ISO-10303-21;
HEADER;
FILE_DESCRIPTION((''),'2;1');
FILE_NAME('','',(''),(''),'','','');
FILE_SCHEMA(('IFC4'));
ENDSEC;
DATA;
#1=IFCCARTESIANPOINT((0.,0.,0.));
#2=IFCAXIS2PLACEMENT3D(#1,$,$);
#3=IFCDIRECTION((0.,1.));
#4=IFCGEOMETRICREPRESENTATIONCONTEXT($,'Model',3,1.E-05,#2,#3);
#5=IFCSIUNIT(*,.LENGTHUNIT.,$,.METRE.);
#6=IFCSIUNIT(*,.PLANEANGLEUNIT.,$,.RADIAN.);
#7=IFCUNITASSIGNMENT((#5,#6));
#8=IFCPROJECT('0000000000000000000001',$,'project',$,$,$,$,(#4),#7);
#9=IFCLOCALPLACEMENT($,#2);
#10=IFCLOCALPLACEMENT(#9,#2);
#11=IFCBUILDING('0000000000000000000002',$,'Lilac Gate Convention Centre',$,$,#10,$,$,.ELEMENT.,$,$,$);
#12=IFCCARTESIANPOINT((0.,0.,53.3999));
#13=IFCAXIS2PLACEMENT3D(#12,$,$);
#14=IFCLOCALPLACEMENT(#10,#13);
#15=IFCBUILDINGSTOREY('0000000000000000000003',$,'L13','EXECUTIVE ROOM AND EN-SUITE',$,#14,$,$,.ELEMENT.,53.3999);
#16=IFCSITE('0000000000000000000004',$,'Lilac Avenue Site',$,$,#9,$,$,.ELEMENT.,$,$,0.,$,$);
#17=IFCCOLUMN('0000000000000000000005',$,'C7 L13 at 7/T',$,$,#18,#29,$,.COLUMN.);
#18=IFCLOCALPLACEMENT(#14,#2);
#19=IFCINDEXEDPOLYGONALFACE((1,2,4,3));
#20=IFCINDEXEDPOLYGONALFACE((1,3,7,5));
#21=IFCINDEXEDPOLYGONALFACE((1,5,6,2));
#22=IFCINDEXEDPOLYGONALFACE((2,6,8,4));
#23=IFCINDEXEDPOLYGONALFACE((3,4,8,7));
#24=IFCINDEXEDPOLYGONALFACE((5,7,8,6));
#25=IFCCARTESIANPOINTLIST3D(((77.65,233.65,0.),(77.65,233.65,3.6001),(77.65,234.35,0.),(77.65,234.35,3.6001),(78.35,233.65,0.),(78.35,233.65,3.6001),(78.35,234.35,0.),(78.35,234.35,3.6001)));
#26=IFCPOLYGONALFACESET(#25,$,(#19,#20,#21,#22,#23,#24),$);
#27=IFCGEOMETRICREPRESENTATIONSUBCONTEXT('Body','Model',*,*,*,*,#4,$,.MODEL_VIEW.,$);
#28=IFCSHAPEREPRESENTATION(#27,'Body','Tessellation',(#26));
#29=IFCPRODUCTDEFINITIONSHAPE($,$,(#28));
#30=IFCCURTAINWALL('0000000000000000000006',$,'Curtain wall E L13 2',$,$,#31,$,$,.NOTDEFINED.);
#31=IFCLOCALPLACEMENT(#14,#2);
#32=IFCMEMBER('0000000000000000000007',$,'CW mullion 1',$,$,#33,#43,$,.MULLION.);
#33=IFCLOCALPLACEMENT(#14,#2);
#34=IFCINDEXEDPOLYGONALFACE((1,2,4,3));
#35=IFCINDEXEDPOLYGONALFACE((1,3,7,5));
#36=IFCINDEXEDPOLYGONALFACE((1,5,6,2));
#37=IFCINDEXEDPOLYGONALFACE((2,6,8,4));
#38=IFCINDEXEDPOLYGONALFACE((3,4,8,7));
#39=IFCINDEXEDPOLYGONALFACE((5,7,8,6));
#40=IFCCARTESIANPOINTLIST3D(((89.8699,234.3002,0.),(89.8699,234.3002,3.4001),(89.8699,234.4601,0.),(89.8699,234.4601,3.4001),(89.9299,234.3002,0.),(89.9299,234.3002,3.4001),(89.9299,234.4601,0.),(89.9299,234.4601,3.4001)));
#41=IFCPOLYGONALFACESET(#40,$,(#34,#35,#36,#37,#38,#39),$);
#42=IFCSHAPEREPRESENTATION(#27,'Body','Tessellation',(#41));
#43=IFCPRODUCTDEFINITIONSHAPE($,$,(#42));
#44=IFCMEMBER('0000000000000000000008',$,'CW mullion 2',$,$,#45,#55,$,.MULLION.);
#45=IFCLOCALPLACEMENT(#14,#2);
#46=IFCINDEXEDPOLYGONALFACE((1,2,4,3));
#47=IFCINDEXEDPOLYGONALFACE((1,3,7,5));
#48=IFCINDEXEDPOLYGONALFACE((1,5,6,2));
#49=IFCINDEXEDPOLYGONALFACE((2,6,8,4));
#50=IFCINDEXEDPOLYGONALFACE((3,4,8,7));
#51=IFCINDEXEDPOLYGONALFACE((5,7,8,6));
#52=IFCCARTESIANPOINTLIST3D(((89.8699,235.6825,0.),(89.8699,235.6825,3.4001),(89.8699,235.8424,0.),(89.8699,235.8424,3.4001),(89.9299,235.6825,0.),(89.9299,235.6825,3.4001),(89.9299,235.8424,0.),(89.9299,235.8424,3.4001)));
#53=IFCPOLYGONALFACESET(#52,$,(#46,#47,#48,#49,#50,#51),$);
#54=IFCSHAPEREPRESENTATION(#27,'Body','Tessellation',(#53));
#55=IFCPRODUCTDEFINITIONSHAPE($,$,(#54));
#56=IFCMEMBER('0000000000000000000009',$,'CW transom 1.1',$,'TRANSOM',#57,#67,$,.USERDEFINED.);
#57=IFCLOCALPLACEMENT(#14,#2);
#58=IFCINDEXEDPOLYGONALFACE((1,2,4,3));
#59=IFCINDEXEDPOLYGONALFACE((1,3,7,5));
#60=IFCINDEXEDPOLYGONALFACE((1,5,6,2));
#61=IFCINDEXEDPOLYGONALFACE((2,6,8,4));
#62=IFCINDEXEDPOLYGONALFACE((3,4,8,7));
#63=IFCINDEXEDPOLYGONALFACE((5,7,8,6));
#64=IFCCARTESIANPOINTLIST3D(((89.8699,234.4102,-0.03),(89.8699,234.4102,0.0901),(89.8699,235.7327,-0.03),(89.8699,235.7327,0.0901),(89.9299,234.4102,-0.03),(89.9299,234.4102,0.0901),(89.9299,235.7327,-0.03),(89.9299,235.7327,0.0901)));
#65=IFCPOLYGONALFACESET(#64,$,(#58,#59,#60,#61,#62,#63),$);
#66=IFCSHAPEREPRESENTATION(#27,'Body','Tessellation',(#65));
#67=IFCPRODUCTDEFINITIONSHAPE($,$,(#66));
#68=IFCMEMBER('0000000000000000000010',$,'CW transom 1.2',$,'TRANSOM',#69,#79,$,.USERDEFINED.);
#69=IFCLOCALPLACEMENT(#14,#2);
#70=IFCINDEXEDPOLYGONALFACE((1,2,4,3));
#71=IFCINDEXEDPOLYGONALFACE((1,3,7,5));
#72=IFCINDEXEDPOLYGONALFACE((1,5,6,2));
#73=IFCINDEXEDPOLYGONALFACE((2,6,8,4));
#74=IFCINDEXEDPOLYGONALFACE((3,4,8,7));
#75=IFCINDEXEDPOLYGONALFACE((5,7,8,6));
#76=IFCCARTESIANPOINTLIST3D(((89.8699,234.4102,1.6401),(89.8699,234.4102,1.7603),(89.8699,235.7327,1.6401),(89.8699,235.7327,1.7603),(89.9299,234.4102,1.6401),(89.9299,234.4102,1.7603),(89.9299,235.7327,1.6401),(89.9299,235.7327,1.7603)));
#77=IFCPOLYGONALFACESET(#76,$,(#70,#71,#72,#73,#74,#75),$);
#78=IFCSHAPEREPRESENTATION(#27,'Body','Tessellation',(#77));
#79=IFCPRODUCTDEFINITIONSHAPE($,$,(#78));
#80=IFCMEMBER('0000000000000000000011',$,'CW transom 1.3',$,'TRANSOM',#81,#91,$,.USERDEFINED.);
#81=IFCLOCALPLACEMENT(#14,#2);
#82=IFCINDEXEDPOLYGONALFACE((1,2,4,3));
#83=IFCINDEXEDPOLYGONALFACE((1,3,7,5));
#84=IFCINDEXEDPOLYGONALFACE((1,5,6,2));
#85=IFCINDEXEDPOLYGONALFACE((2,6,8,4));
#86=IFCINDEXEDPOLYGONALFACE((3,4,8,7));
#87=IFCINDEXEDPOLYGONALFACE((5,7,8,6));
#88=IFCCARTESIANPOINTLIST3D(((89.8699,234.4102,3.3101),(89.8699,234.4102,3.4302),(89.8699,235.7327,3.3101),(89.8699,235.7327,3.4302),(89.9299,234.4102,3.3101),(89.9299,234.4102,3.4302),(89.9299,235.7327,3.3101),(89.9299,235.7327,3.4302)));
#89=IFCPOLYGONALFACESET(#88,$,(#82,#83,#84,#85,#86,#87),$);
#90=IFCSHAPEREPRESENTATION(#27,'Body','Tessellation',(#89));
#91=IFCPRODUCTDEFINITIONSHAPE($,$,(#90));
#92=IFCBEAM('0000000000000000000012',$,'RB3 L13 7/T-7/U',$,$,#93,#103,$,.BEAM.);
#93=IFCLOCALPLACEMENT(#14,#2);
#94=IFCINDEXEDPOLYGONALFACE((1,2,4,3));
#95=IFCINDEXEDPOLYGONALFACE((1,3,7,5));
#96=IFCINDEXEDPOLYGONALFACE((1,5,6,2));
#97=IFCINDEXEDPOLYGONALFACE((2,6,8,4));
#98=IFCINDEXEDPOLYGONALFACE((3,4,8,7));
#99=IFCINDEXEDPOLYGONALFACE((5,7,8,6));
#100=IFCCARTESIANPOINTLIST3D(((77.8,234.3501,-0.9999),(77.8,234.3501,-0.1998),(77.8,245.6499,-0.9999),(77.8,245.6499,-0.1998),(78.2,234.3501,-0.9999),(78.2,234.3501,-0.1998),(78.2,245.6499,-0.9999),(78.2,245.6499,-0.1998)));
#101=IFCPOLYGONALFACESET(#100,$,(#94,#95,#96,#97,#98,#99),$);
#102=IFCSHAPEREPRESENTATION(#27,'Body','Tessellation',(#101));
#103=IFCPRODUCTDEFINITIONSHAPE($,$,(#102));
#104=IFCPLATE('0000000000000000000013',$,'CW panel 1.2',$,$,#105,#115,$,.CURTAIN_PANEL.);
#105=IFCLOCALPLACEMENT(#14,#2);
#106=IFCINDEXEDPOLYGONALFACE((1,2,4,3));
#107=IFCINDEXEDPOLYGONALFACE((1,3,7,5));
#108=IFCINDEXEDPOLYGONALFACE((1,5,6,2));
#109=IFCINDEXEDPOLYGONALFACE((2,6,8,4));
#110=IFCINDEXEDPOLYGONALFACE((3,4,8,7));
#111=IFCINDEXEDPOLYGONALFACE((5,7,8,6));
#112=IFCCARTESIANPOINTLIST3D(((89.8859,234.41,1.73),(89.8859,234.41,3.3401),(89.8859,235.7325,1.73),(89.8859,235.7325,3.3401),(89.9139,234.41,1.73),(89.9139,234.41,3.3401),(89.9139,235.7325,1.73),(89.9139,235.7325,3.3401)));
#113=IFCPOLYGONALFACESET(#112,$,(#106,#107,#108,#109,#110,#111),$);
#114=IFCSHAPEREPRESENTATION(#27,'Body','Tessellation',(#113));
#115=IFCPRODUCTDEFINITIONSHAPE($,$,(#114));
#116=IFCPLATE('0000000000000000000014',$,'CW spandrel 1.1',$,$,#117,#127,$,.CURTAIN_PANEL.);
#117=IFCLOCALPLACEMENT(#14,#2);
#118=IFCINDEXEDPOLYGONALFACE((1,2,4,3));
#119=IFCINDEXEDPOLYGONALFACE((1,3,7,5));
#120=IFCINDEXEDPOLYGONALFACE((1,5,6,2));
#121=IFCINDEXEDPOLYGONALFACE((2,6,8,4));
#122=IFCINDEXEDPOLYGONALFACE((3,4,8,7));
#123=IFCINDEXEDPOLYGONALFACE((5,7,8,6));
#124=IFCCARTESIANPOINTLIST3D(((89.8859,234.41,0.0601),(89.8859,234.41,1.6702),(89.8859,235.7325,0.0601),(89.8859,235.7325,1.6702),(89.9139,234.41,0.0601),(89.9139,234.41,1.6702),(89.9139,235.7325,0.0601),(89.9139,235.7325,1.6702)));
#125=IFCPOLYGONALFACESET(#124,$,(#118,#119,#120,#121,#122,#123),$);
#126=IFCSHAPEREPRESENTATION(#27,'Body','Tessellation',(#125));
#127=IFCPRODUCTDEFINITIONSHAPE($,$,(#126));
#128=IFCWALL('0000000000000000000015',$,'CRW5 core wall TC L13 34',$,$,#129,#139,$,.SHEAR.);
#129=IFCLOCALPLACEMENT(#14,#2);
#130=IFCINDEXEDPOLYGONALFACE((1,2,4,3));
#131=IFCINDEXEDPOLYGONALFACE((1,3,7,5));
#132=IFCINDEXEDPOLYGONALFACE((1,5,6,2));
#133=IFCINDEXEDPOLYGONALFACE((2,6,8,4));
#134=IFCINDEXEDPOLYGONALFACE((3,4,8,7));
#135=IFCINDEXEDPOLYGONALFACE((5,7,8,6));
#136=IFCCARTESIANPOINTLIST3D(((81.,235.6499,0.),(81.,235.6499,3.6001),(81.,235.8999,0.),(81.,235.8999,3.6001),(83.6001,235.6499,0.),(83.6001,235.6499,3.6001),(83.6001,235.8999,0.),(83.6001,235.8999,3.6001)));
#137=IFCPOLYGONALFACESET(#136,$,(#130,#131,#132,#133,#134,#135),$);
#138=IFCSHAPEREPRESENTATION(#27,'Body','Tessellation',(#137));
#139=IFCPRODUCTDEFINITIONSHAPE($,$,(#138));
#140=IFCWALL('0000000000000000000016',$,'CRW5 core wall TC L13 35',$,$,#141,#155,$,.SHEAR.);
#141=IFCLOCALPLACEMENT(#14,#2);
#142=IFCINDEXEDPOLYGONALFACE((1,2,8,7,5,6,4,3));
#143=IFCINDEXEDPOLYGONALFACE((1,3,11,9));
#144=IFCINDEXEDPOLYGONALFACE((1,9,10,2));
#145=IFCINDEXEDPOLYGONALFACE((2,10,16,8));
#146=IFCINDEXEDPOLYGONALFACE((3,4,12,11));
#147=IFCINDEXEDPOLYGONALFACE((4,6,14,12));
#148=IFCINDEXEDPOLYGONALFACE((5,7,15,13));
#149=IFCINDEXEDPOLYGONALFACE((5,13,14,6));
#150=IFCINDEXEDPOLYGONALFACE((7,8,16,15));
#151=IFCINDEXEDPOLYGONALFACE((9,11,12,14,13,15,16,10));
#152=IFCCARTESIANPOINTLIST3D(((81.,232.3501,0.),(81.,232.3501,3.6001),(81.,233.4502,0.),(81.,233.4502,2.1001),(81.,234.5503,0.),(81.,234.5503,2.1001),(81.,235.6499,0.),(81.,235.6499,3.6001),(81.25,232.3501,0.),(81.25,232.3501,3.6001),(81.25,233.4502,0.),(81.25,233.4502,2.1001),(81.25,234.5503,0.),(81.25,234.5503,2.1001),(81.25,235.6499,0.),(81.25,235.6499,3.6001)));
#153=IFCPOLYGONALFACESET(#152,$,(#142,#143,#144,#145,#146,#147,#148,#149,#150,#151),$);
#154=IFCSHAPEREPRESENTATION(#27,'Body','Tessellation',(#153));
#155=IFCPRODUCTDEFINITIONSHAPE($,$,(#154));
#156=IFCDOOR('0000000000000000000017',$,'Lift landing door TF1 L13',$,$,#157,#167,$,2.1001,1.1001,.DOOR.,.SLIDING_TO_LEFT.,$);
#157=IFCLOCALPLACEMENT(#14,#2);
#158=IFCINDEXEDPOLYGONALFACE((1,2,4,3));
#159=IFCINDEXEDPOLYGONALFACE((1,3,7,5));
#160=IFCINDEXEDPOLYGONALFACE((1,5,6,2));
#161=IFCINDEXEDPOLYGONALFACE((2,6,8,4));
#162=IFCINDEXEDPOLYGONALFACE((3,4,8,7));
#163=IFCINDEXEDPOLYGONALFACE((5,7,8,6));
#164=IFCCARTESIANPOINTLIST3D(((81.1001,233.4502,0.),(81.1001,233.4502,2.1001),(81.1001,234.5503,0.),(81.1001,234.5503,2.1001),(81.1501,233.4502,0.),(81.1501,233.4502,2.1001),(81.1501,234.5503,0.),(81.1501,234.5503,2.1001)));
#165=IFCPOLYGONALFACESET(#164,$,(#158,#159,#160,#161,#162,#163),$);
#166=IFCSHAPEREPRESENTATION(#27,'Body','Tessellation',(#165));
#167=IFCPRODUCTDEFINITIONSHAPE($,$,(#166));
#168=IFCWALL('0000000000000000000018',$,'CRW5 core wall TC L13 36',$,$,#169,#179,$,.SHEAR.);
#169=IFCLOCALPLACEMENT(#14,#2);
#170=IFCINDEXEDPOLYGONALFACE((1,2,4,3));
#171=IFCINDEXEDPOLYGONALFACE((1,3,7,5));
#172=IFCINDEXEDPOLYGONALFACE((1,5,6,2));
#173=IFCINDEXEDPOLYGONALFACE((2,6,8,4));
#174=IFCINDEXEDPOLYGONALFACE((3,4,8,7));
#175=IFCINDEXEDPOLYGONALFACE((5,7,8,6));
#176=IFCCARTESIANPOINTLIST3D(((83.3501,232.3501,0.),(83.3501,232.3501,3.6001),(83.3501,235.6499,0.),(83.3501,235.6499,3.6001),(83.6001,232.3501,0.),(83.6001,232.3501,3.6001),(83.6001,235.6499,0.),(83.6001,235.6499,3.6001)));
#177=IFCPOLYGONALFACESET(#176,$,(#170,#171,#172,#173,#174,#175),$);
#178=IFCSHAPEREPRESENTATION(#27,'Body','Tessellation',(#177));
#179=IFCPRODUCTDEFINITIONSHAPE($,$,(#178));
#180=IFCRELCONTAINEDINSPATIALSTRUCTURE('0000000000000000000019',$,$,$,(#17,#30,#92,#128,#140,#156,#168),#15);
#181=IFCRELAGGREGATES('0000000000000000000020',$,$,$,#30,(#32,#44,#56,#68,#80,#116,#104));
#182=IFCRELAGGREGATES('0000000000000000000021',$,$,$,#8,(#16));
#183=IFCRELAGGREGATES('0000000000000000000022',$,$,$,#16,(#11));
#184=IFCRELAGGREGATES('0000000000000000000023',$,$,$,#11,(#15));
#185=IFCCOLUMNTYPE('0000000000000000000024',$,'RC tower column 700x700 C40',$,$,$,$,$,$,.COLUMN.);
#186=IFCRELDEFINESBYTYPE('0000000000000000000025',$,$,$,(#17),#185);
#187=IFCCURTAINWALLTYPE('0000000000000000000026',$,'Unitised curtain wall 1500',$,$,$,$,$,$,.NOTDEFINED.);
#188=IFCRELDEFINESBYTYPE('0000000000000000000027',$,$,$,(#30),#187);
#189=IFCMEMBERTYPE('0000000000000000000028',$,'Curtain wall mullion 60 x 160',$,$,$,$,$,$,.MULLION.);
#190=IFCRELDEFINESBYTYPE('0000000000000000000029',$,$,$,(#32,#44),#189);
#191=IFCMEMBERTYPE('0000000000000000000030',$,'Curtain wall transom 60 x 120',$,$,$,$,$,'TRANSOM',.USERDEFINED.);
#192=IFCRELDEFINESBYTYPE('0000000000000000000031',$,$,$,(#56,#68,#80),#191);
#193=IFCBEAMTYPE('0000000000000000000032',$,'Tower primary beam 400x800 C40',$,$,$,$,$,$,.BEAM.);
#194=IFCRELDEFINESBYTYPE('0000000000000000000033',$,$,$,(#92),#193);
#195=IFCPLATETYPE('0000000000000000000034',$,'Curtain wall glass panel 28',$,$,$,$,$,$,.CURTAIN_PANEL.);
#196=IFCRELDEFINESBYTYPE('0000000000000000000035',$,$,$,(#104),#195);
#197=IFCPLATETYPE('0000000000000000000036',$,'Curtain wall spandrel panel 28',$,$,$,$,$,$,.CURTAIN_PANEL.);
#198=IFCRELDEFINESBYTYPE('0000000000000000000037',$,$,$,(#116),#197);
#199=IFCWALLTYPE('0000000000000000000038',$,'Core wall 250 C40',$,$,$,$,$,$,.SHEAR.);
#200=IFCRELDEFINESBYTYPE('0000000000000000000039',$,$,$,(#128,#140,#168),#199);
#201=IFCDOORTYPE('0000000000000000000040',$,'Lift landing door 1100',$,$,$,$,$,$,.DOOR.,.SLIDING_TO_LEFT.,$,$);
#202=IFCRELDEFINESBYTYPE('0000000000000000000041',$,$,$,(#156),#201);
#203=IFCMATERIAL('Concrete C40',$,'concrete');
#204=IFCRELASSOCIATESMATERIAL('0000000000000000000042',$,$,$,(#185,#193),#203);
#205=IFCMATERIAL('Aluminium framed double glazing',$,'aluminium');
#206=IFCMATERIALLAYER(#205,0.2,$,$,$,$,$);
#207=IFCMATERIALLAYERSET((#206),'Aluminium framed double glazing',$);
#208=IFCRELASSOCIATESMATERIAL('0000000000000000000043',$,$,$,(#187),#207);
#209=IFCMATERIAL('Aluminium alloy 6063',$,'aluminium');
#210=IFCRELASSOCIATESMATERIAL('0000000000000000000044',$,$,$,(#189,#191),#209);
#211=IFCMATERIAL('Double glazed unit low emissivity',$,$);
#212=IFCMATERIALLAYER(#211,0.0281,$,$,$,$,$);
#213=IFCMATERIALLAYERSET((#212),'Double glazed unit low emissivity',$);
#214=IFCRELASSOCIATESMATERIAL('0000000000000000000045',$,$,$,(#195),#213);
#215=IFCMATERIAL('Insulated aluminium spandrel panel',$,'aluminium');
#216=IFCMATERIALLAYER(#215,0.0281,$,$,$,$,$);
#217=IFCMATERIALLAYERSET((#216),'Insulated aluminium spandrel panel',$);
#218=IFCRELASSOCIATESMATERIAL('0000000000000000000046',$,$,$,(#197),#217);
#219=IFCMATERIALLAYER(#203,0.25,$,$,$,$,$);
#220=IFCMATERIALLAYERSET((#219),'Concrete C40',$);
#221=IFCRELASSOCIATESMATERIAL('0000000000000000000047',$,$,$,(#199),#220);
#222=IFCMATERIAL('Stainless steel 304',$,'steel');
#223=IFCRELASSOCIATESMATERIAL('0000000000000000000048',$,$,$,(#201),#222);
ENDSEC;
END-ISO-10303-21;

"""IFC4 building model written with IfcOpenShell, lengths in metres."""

from ifc_helpers import new_model, si_unit, direction, frame, frame_2d, origin, origin_2d, place, context, subcontext, project, spatial, rectangle, extrude, material, layer, layer_set, material_profile, profile_set, type_object, element, fill, aggregate, save


model = new_model("IFC4")

# Units and contexts
model_context = context("Model", 3, precision=1e-05, world=origin(), true_north=direction((0.0, 1.0)))
body_context = subcontext(model_context, "Body", "Model", "MODEL_VIEW")
ifc_project = project(units=[si_unit("LENGTHUNIT", "METRE"), si_unit("PLANEANGLEUNIT", "RADIAN")], contexts=[model_context])

# Site, building, storey
site_placement = place(None, origin())
site = spatial("IfcSite", under=ifc_project, at=site_placement, Name="Lilac Avenue Site", CompositionType="ELEMENT", RefElevation=0.0)
building_placement = place(site_placement, origin())
building = spatial("IfcBuilding", under=site, at=building_placement, Name="Lilac Gate Convention Centre", CompositionType="ELEMENT")
storey_placement = place(building_placement, frame((0.0, 0.0, 53.3999)))
storey = spatial("IfcBuildingStorey", under=building, at=storey_placement, Name="L13", Description="EXECUTIVE ROOM AND EN-SUITE", CompositionType="ELEMENT", Elevation=53.3999)

# Column
ifc_material_1 = material(Name="Concrete C40", Category="concrete")
ifc_material_profile_1 = material_profile(ifc_material_1, rectangle(XDim=0.7, YDim=0.7, at=origin_2d()), Name="RC 700x700")
ifc_profile_set_1 = profile_set([ifc_material_profile_1], Name="Concrete C40")
column_type = type_object("IfcColumnType", Name="RC tower column 700x700 C40", PredefinedType="COLUMN", material=ifc_profile_set_1)
column_placement = place(storey_placement, frame((78.0, 234.0, 0.0), z_axis=(0.0, 0.0, 1.0), x_axis=(1.0, 0.0, 0.0)))
element("IfcColumn", 1, at=column_placement, inside=storey, type_object=column_type, Name="C7 L13 at 7/T", PredefinedType="COLUMN", context=body_context, shape_type="SweptSolid", body=[
    extrude(rectangle(XDim=0.7, YDim=0.7, at=origin_2d()), origin(), (0.0, 0.0, 1.0), 3.6001),
])

# Curtain wall, members
ifc_material_2 = material(Name="Aluminium framed double glazing", Category="aluminium")
ifc_layer_1 = layer(ifc_material_2, 0.2)
ifc_layer_set_1 = layer_set([ifc_layer_1], Name="Aluminium framed double glazing")
curtain_wall_type = type_object("IfcCurtainWallType", Name="Unitised curtain wall 1500", PredefinedType="NOTDEFINED", material=ifc_layer_set_1)
curtain_wall_placement = place(storey_placement, origin())
curtain_wall = element("IfcCurtainWall", 2, at=curtain_wall_placement, inside=storey, type_object=curtain_wall_type, Name="Curtain wall E L13 2", PredefinedType="NOTDEFINED")
ifc_material_3 = material(Name="Aluminium alloy 6063", Category="aluminium")
ifc_material_profile_2 = material_profile(ifc_material_3, rectangle(XDim=0.0601, YDim=0.1599, at=origin_2d()), Name="Curtain wall mullion 60 x 160")
ifc_profile_set_2 = profile_set([ifc_material_profile_2], Name="Aluminium alloy 6063")
member_type_1 = type_object("IfcMemberType", Name="Curtain wall mullion 60 x 160", PredefinedType="MULLION", material=ifc_profile_set_2)
member_1_placement = place(storey_placement, frame((89.8999, 234.3801, 0.0), z_axis=(0.0, 0.0, 1.0), x_axis=(-1.0, 0.0, 0.0)))
member_1 = element("IfcMember", 3, at=member_1_placement, type_object=member_type_1, Name="CW mullion 1", PredefinedType="MULLION", context=body_context, shape_type="SweptSolid", body=[
    extrude(rectangle(XDim=0.0601, YDim=0.1599, at=origin_2d()), origin(), (0.0, 0.0, 1.0), 3.4001),
])
member_2_placement = place(storey_placement, frame((89.8999, 235.7625, 0.0), z_axis=(0.0, 0.0, 1.0), x_axis=(-1.0, 0.0, 0.0)))
member_2 = element("IfcMember", 4, at=member_2_placement, type_object=member_type_1, Name="CW mullion 2", PredefinedType="MULLION", context=body_context, shape_type="SweptSolid", body=[
    extrude(rectangle(XDim=0.0601, YDim=0.1599, at=origin_2d()), origin(), (0.0, 0.0, 1.0), 3.4001),
])
ifc_material_profile_3 = material_profile(ifc_material_3, rectangle(XDim=0.0601, YDim=0.1201, at=origin_2d()), Name="Curtain wall transom 60 x 120")
ifc_profile_set_3 = profile_set([ifc_material_profile_3], Name="Aluminium alloy 6063")
member_type_2 = type_object("IfcMemberType", Name="Curtain wall transom 60 x 120", ElementType="TRANSOM", PredefinedType="USERDEFINED", material=ifc_profile_set_3)
member_3_placement = place(storey_placement, frame((89.8999, 234.4102, 0.03), z_axis=(0.0, 1.0, 0.0), x_axis=(-1.0, 0.0, 0.0)))
member_3 = element("IfcMember", 5, at=member_3_placement, type_object=member_type_2, Name="CW transom 1.1", ObjectType="TRANSOM", PredefinedType="USERDEFINED", context=body_context, shape_type="SweptSolid", body=[
    extrude(rectangle(XDim=0.0601, YDim=0.1201, at=origin_2d()), origin(), (0.0, 0.0, 1.0), 1.3225),
])
member_4_placement = place(storey_placement, frame((89.8999, 234.4102, 1.7002), z_axis=(0.0, 1.0, 0.0), x_axis=(-1.0, 0.0, 0.0)))
member_4 = element("IfcMember", 6, at=member_4_placement, type_object=member_type_2, Name="CW transom 1.2", ObjectType="TRANSOM", PredefinedType="USERDEFINED", context=body_context, shape_type="SweptSolid", body=[
    extrude(rectangle(XDim=0.0601, YDim=0.1201, at=origin_2d()), origin(), (0.0, 0.0, 1.0), 1.3225),
])
member_5_placement = place(storey_placement, frame((89.8999, 234.4102, 3.3701), z_axis=(0.0, 1.0, 0.0), x_axis=(-1.0, 0.0, 0.0)))
member_5 = element("IfcMember", 7, at=member_5_placement, type_object=member_type_2, Name="CW transom 1.3", ObjectType="TRANSOM", PredefinedType="USERDEFINED", context=body_context, shape_type="SweptSolid", body=[
    extrude(rectangle(XDim=0.0601, YDim=0.1201, at=origin_2d()), origin(), (0.0, 0.0, 1.0), 1.3225),
])

# Beam
ifc_material_profile_4 = material_profile(ifc_material_1, rectangle(XDim=0.3999, YDim=0.8, at=origin_2d()), Name="RC 400x800")
ifc_profile_set_4 = profile_set([ifc_material_profile_4], Name="Concrete C40")
beam_type = type_object("IfcBeamType", Name="Tower primary beam 400x800 C40", PredefinedType="BEAM", material=ifc_profile_set_4)
beam_placement = place(storey_placement, frame((78.0, 234.3501, -0.5999), z_axis=(0.0, 1.0, 0.0), x_axis=(-1.0, 0.0, 0.0)))
element("IfcBeam", 8, at=beam_placement, inside=storey, type_object=beam_type, Name="RB3 L13 7/T-7/U", PredefinedType="BEAM", context=body_context, shape_type="SweptSolid", body=[
    extrude(rectangle(XDim=0.3999, YDim=0.8, at=origin_2d()), origin(), (0.0, 0.0, 1.0), 11.2998),
])

# Plates
ifc_material_4 = material(Name="Double glazed unit low emissivity")
ifc_layer_2 = layer(ifc_material_4, 0.0281)
ifc_layer_set_2 = layer_set([ifc_layer_2], Name="Double glazed unit low emissivity")
plate_type_1 = type_object("IfcPlateType", Name="Curtain wall glass panel 28", PredefinedType="CURTAIN_PANEL", material=ifc_layer_set_2)
plate_1_placement = place(storey_placement, frame((89.8999, 235.0713, 1.73), z_axis=(0.0, 0.0, 1.0), x_axis=(0.0, 1.0, 0.0)))
plate_1 = element("IfcPlate", 9, at=plate_1_placement, type_object=plate_type_1, Name="CW panel 1.2", PredefinedType="CURTAIN_PANEL", context=body_context, shape_type="SweptSolid", body=[
    extrude(rectangle(XDim=1.3225, YDim=0.0281, at=origin_2d()), origin(), (0.0, 0.0, 1.0), 1.6101),
])
ifc_material_5 = material(Name="Insulated aluminium spandrel panel", Category="aluminium")
ifc_layer_3 = layer(ifc_material_5, 0.0281)
ifc_layer_set_3 = layer_set([ifc_layer_3], Name="Insulated aluminium spandrel panel")
plate_type_2 = type_object("IfcPlateType", Name="Curtain wall spandrel panel 28", PredefinedType="CURTAIN_PANEL", material=ifc_layer_set_3)
plate_2_placement = place(storey_placement, frame((89.8999, 235.0713, 0.0601), z_axis=(0.0, 0.0, 1.0), x_axis=(0.0, 1.0, 0.0)))
plate_2 = element("IfcPlate", 10, at=plate_2_placement, type_object=plate_type_2, Name="CW spandrel 1.1", PredefinedType="CURTAIN_PANEL", context=body_context, shape_type="SweptSolid", body=[
    extrude(rectangle(XDim=1.3225, YDim=0.0281, at=origin_2d()), origin(), (0.0, 0.0, 1.0), 1.6101),
])
aggregate(curtain_wall, [member_1, member_2, member_3, member_4, member_5, plate_2, plate_1])

# Wall
ifc_layer_4 = layer(ifc_material_1, 0.25)
ifc_layer_set_4 = layer_set([ifc_layer_4], Name="Concrete C40")
wall_type_1 = type_object("IfcWallType", Name="Core wall 250 C40", PredefinedType="SHEAR", material=ifc_layer_set_4)
wall_1_placement = place(storey_placement, frame((81.0, 235.7749, 0.0), z_axis=(0.0, 0.0, 1.0), x_axis=(1.0, 0.0, 0.0)))
element("IfcWall", 11, at=wall_1_placement, inside=storey, type_object=wall_type_1, Name="CRW5 core wall TC L13 34", PredefinedType="SHEAR", context=body_context, shape_type="SweptSolid", body=[
    extrude(rectangle(XDim=2.6001, YDim=0.25, at=frame_2d((1.3, 0.0))), origin(), (0.0, 0.0, 1.0), 3.6001),
])

# Wall, opening, door
wall_2_placement = place(storey_placement, frame((81.125, 232.3501, 0.0), z_axis=(0.0, 0.0, 1.0), x_axis=(0.0, 1.0, 0.0)))
wall_2 = element("IfcWall", 12, at=wall_2_placement, inside=storey, type_object=wall_type_1, Name="CRW5 core wall TC L13 35", PredefinedType="SHEAR", context=body_context, shape_type="SweptSolid", body=[
    extrude(rectangle(XDim=3.2998, YDim=0.25, at=frame_2d((1.6499, 0.0))), origin(), (0.0, 0.0, 1.0), 3.6001),
])
opening_1_placement = place(wall_2_placement, frame((1.1001, 0.0, 0.0)))
opening_1 = element("IfcOpeningElement", 13, at=opening_1_placement, cuts=wall_2, PredefinedType="OPENING", context=body_context, shape_type="SweptSolid", body=[
    extrude(rectangle(XDim=1.1001, YDim=2.1001, at=frame_2d((0.55, 1.05))), frame((0.0, 0.135, 0.0), z_axis=(0.0, -1.0, 0.0), x_axis=(1.0, 0.0, 0.0)), (0.0, 0.0, 1.0), 0.27),
])
ifc_material_6 = material(Name="Stainless steel 304", Category="steel")
door_type_1 = type_object("IfcDoorType", Name="Lift landing door 1100", OperationType="SLIDING_TO_LEFT", PredefinedType="DOOR", material=ifc_material_6)
door_1_placement = place(opening_1_placement, origin())
door_1 = element("IfcDoor", 14, at=door_1_placement, inside=storey, type_object=door_type_1, Name="Lift landing door TF1 L13", OperationType="SLIDING_TO_LEFT", OverallHeight=2.1001, OverallWidth=1.1001, PredefinedType="DOOR", context=body_context, shape_type="SweptSolid", body=[
    extrude(rectangle(XDim=1.1001, YDim=2.1001, at=frame_2d((0.55, 1.05))), frame((0.0, 0.0249, 0.0), z_axis=(0.0, -1.0, 0.0), x_axis=(1.0, 0.0, 0.0)), (0.0, 0.0, 1.0), 0.05),
])
fill(opening_1, door_1)

# Wall
wall_3_placement = place(storey_placement, frame((83.4751, 232.3501, 0.0), z_axis=(0.0, 0.0, 1.0), x_axis=(0.0, 1.0, 0.0)))
element("IfcWall", 15, at=wall_3_placement, inside=storey, type_object=wall_type_1, Name="CRW5 core wall TC L13 36", PredefinedType="SHEAR", context=body_context, shape_type="SweptSolid", body=[
    extrude(rectangle(XDim=3.2998, YDim=0.25, at=frame_2d((1.6499, 0.0))), origin(), (0.0, 0.0, 1.0), 3.6001),
])

save(model, "model.ifc")
